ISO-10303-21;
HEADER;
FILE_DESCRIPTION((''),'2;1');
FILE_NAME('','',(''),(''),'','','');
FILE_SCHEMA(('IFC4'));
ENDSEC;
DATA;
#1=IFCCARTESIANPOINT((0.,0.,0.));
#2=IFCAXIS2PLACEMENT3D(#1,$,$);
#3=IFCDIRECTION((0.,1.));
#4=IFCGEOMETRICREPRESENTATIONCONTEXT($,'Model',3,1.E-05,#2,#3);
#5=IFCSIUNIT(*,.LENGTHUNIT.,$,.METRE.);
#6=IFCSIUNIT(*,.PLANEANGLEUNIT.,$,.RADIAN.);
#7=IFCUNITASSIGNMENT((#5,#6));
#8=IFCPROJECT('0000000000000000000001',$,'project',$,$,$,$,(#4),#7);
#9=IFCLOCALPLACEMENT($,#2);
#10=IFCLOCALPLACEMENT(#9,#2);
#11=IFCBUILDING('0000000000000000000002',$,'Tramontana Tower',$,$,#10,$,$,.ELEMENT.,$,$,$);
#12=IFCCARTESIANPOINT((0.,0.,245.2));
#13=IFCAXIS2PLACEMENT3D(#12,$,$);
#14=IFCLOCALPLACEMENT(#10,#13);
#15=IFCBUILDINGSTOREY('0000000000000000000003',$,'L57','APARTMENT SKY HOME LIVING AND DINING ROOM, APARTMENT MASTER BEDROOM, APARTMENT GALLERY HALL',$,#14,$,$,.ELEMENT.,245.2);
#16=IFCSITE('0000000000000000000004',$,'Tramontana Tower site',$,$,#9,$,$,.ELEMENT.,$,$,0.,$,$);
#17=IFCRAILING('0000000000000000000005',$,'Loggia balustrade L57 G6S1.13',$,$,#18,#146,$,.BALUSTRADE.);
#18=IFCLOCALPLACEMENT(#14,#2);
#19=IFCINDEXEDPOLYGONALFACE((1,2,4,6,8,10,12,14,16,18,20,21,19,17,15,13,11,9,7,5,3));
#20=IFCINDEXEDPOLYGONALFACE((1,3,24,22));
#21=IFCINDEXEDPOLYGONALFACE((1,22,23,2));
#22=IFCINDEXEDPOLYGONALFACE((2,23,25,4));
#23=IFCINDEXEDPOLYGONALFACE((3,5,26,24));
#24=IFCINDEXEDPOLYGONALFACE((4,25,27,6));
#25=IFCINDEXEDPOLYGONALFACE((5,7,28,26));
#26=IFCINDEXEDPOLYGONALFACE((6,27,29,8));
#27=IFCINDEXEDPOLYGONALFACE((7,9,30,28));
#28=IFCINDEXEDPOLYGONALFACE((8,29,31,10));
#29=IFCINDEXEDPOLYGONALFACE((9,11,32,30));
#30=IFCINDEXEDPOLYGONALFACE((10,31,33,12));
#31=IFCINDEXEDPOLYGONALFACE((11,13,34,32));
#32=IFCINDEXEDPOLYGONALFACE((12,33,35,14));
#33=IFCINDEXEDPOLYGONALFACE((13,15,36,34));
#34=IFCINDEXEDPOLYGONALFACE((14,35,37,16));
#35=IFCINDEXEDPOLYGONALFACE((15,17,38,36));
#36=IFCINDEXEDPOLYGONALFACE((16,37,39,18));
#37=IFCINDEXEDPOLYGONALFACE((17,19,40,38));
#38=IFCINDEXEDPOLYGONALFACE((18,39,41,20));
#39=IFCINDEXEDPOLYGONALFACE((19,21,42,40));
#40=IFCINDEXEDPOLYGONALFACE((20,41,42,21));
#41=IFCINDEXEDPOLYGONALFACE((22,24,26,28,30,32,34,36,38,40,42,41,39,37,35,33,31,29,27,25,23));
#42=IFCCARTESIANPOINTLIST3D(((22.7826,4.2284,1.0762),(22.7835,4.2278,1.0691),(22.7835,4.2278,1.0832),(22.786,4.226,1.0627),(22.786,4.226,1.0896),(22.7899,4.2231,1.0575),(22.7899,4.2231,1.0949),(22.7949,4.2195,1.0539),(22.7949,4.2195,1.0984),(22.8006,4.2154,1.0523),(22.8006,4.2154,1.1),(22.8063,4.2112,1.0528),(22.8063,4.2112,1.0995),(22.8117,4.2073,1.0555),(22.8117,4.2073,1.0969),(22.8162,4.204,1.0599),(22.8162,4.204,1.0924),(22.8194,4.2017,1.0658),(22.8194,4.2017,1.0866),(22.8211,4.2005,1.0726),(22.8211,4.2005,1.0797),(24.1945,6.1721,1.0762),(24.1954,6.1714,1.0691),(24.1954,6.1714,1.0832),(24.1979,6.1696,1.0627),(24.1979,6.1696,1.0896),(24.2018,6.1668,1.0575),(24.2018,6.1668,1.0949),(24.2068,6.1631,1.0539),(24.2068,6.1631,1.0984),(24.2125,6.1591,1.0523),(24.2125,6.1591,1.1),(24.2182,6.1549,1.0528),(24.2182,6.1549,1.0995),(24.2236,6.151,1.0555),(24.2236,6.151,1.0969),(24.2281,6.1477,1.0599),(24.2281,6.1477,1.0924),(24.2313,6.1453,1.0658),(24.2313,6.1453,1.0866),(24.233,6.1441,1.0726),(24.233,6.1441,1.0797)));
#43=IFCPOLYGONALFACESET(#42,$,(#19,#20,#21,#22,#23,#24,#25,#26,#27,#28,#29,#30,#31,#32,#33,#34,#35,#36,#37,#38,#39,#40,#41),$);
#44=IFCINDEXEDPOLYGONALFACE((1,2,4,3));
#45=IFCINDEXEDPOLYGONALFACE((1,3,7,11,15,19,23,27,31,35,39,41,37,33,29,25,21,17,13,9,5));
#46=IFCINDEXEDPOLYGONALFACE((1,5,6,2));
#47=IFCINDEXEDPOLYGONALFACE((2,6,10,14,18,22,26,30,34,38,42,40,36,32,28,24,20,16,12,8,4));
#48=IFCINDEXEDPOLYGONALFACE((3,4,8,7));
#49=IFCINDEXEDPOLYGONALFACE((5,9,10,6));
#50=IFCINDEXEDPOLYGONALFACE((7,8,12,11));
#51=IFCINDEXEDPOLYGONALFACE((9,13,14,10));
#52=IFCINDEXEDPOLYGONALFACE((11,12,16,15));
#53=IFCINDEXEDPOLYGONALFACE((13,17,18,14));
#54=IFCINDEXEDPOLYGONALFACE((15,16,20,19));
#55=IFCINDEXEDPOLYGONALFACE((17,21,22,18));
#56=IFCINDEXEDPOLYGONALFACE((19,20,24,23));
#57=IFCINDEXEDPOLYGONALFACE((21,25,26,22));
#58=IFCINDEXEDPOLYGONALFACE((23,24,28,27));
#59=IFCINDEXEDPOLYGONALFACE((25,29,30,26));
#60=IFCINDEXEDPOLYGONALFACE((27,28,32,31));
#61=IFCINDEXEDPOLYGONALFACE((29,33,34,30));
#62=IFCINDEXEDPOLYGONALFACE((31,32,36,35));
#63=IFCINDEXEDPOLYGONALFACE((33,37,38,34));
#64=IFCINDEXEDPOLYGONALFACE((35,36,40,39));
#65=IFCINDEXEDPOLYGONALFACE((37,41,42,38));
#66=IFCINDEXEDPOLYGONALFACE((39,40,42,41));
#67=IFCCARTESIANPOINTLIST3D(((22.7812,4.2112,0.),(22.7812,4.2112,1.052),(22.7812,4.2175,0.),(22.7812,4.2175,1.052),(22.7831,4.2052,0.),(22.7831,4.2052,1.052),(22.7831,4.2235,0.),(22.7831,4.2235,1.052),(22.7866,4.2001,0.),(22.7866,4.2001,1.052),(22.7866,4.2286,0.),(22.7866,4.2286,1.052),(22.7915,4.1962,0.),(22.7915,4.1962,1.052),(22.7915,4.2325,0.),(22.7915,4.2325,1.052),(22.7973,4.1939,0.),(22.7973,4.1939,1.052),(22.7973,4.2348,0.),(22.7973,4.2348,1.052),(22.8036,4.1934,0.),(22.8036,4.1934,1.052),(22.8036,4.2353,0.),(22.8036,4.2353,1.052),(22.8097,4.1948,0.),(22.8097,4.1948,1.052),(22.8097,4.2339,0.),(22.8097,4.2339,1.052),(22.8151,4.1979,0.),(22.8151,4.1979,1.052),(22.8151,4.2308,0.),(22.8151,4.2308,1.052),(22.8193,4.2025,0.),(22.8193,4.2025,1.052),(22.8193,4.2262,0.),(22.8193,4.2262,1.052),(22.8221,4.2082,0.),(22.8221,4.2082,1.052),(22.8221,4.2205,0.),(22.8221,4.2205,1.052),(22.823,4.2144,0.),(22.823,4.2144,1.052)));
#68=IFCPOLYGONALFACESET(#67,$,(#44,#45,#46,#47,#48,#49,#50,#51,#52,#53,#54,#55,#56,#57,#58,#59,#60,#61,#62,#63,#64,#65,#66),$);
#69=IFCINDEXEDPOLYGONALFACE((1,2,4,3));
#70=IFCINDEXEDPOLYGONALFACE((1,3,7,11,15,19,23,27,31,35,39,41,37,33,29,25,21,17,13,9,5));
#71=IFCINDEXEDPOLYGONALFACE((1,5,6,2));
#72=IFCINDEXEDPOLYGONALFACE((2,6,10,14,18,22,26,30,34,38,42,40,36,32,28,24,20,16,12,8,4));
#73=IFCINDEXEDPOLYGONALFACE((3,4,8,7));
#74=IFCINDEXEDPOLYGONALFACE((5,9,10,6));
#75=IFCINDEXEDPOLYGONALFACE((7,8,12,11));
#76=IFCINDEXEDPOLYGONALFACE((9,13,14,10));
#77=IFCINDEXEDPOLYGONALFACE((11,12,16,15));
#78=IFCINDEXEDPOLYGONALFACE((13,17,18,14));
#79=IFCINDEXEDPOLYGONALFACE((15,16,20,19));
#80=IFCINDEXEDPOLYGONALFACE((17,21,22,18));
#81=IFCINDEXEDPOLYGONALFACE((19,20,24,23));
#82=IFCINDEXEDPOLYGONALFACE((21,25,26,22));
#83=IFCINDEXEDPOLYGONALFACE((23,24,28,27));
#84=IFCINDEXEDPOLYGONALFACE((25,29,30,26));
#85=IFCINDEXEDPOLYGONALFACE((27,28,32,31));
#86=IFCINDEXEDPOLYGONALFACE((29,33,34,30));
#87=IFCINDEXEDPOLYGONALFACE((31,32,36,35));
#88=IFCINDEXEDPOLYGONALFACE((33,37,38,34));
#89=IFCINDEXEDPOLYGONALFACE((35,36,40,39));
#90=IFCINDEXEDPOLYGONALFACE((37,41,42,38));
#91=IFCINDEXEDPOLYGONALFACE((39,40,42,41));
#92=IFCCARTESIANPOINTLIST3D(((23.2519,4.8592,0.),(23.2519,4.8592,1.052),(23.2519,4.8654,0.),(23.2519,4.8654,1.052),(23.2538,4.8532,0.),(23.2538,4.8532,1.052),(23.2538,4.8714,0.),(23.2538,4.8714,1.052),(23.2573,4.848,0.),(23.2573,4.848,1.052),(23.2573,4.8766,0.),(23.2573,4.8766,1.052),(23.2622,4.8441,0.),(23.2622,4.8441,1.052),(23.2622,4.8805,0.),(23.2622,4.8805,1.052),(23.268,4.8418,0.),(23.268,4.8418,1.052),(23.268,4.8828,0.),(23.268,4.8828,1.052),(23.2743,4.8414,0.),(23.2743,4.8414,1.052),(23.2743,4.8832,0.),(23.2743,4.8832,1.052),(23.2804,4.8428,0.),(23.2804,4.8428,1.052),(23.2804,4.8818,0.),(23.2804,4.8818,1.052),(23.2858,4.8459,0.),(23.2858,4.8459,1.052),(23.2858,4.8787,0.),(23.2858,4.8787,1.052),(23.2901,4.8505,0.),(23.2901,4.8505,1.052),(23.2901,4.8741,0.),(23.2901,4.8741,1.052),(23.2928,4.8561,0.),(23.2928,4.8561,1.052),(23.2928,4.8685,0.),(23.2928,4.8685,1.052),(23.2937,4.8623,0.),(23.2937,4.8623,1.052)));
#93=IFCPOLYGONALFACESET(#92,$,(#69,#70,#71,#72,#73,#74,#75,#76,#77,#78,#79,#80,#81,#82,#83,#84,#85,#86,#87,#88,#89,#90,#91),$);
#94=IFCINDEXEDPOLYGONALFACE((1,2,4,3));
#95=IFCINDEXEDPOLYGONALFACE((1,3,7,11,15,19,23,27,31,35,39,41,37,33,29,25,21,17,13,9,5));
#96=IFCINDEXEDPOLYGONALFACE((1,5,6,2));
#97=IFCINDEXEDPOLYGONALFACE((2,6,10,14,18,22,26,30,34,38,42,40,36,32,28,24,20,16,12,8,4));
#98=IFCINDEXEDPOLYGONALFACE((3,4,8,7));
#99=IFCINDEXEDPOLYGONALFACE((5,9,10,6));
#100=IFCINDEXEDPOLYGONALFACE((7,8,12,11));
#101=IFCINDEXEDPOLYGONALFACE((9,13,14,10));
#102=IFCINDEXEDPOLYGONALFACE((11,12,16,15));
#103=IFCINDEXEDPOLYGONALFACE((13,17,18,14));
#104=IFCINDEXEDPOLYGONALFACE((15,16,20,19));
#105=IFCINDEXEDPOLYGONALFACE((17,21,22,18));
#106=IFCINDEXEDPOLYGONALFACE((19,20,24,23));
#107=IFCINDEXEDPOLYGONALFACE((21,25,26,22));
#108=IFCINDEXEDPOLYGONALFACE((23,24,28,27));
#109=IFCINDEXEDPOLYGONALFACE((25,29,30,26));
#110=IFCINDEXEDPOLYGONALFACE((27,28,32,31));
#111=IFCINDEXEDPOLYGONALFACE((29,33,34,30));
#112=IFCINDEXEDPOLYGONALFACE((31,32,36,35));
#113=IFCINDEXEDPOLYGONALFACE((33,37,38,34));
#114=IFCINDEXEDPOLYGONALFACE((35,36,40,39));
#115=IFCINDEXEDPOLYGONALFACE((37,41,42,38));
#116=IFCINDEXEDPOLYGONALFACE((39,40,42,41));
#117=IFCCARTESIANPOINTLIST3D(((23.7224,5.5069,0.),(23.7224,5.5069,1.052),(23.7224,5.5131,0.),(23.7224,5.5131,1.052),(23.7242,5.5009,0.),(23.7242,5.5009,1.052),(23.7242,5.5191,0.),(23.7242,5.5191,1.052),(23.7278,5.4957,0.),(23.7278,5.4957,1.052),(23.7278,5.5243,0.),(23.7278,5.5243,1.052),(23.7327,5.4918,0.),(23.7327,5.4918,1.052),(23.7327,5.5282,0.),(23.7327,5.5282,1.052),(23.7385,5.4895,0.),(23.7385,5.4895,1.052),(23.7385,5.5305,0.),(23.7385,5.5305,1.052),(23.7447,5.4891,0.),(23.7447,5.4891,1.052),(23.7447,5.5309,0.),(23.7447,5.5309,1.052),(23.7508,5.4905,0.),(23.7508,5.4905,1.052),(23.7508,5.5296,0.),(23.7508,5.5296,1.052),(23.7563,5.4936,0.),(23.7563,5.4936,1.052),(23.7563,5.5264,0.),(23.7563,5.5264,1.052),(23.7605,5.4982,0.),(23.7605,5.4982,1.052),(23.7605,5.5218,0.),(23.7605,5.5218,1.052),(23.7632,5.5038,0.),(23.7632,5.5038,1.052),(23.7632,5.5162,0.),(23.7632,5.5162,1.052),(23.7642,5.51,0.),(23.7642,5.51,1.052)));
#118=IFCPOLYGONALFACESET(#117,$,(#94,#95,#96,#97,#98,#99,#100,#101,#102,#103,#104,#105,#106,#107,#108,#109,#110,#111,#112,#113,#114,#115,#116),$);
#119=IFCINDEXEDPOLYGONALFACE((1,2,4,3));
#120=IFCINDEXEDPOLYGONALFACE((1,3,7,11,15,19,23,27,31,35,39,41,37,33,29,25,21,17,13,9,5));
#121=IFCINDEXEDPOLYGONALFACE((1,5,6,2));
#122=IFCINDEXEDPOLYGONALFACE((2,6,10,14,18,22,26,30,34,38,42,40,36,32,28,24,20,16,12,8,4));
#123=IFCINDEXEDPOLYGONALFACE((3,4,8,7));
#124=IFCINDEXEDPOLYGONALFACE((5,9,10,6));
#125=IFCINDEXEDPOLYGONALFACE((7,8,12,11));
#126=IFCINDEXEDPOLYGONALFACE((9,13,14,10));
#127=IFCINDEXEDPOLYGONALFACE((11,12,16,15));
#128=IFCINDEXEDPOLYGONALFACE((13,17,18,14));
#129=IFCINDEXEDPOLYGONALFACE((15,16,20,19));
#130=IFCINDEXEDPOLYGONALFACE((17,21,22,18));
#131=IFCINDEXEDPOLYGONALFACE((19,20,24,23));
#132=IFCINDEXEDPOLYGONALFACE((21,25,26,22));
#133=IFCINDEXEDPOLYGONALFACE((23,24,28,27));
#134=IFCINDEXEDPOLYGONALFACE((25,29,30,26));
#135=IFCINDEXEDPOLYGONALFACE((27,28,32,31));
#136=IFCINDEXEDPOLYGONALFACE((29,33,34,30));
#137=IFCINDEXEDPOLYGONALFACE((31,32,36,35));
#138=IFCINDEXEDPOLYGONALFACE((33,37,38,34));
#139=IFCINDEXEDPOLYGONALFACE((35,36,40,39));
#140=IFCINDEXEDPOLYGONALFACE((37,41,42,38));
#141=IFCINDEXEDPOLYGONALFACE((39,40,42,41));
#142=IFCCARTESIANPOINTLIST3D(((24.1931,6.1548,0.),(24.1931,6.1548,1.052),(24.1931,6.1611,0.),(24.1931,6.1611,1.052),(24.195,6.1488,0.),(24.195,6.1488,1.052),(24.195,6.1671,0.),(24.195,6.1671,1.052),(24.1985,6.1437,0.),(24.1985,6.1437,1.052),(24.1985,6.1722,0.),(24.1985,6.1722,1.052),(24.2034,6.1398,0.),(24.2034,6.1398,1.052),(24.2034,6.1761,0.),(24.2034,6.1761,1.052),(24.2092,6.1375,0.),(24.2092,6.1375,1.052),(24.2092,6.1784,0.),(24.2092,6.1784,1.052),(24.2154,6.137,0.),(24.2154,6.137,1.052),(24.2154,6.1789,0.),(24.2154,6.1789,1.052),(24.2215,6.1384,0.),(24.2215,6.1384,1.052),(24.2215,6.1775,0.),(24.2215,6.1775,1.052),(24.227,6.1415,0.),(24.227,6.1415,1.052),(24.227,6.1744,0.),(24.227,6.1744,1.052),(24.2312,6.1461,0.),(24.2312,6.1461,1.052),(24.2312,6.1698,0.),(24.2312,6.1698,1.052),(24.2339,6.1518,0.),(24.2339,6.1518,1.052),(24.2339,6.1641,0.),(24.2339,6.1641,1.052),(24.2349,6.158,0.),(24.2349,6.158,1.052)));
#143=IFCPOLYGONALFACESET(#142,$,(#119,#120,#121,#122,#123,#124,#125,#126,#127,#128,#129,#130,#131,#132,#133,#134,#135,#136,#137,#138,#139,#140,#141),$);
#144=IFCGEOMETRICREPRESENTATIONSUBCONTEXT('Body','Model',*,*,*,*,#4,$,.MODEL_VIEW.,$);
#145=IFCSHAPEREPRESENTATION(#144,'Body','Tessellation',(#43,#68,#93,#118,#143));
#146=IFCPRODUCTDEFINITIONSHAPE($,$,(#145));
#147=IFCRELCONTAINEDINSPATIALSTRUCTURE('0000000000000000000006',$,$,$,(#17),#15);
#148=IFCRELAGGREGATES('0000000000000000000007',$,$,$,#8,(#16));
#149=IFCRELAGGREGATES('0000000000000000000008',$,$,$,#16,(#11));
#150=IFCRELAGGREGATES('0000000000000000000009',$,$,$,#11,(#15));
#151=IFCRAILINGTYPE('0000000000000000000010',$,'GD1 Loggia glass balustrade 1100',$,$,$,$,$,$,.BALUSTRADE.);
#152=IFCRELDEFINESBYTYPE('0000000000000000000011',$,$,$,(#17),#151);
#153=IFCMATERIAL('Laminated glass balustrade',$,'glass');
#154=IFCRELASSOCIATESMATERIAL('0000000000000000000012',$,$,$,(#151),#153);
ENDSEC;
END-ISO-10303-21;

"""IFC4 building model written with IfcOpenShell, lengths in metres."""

from ifc_helpers import new_model, si_unit, direction, frame, origin, origin_2d, place, context, subcontext, project, spatial, circle, extrude, material, type_object, element, save


model = new_model("IFC4")

# Units and contexts
model_context = context("Model", 3, precision=1e-05, world=origin(), true_north=direction((0.0, 1.0)))
body_context = subcontext(model_context, "Body", "Model", "MODEL_VIEW")
ifc_project = project(units=[si_unit("LENGTHUNIT", "METRE"), si_unit("PLANEANGLEUNIT", "RADIAN")], contexts=[model_context])

# Site, building, storey
site_placement = place(None, origin())
site = spatial("IfcSite", under=ifc_project, at=site_placement, Name="Tramontana Tower site", CompositionType="ELEMENT", RefElevation=0.0)
building_placement = place(site_placement, origin())
building = spatial("IfcBuilding", under=site, at=building_placement, Name="Tramontana Tower", CompositionType="ELEMENT")
storey_placement = place(building_placement, frame((0.0, 0.0, 245.2)))
storey = spatial("IfcBuildingStorey", under=building, at=storey_placement, Name="L57", Description="APARTMENT SKY HOME LIVING AND DINING ROOM, APARTMENT MASTER BEDROOM, APARTMENT GALLERY HALL", CompositionType="ELEMENT", Elevation=245.2)

# Railing
ifc_material_1 = material(Name="Laminated glass balustrade", Category="glass")
railing_type = type_object("IfcRailingType", Name="GD1 Loggia glass balustrade 1100", PredefinedType="BALUSTRADE", material=ifc_material_1)
railing_1_placement = place(storey_placement, frame((22.802, 4.2144, 0.0)))
element("IfcRailing", 1, at=railing_1_placement, inside=storey, type_object=railing_type, Name="Loggia balustrade L57 G6S1.13", PredefinedType="BALUSTRADE", context=body_context, shape_type="SweptSolid", body=[
    extrude(circle(Radius=0.0239, at=origin_2d()), frame((0.0, 0.0, 1.0762), z_axis=(0.587718, 0.809066, 0.0), x_axis=(-0.809066, 0.587718, 0.0)), (0.0, 0.0, 1.0), 2.4023),
    extrude(circle(Radius=0.021, at=origin_2d()), origin(), (0.0, 0.0, 1.0), 1.052),
    extrude(circle(Radius=0.021, at=origin_2d()), frame((0.4707, 0.6479, 0.0)), (0.0, 0.0, 1.0), 1.052),
    extrude(circle(Radius=0.021, at=origin_2d()), frame((0.9412, 1.2957, 0.0)), (0.0, 0.0, 1.0), 1.052),
    extrude(circle(Radius=0.021, at=origin_2d()), frame((1.4119, 1.9436, 0.0)), (0.0, 0.0, 1.0), 1.052),
])

save(model, "model.ifc")
